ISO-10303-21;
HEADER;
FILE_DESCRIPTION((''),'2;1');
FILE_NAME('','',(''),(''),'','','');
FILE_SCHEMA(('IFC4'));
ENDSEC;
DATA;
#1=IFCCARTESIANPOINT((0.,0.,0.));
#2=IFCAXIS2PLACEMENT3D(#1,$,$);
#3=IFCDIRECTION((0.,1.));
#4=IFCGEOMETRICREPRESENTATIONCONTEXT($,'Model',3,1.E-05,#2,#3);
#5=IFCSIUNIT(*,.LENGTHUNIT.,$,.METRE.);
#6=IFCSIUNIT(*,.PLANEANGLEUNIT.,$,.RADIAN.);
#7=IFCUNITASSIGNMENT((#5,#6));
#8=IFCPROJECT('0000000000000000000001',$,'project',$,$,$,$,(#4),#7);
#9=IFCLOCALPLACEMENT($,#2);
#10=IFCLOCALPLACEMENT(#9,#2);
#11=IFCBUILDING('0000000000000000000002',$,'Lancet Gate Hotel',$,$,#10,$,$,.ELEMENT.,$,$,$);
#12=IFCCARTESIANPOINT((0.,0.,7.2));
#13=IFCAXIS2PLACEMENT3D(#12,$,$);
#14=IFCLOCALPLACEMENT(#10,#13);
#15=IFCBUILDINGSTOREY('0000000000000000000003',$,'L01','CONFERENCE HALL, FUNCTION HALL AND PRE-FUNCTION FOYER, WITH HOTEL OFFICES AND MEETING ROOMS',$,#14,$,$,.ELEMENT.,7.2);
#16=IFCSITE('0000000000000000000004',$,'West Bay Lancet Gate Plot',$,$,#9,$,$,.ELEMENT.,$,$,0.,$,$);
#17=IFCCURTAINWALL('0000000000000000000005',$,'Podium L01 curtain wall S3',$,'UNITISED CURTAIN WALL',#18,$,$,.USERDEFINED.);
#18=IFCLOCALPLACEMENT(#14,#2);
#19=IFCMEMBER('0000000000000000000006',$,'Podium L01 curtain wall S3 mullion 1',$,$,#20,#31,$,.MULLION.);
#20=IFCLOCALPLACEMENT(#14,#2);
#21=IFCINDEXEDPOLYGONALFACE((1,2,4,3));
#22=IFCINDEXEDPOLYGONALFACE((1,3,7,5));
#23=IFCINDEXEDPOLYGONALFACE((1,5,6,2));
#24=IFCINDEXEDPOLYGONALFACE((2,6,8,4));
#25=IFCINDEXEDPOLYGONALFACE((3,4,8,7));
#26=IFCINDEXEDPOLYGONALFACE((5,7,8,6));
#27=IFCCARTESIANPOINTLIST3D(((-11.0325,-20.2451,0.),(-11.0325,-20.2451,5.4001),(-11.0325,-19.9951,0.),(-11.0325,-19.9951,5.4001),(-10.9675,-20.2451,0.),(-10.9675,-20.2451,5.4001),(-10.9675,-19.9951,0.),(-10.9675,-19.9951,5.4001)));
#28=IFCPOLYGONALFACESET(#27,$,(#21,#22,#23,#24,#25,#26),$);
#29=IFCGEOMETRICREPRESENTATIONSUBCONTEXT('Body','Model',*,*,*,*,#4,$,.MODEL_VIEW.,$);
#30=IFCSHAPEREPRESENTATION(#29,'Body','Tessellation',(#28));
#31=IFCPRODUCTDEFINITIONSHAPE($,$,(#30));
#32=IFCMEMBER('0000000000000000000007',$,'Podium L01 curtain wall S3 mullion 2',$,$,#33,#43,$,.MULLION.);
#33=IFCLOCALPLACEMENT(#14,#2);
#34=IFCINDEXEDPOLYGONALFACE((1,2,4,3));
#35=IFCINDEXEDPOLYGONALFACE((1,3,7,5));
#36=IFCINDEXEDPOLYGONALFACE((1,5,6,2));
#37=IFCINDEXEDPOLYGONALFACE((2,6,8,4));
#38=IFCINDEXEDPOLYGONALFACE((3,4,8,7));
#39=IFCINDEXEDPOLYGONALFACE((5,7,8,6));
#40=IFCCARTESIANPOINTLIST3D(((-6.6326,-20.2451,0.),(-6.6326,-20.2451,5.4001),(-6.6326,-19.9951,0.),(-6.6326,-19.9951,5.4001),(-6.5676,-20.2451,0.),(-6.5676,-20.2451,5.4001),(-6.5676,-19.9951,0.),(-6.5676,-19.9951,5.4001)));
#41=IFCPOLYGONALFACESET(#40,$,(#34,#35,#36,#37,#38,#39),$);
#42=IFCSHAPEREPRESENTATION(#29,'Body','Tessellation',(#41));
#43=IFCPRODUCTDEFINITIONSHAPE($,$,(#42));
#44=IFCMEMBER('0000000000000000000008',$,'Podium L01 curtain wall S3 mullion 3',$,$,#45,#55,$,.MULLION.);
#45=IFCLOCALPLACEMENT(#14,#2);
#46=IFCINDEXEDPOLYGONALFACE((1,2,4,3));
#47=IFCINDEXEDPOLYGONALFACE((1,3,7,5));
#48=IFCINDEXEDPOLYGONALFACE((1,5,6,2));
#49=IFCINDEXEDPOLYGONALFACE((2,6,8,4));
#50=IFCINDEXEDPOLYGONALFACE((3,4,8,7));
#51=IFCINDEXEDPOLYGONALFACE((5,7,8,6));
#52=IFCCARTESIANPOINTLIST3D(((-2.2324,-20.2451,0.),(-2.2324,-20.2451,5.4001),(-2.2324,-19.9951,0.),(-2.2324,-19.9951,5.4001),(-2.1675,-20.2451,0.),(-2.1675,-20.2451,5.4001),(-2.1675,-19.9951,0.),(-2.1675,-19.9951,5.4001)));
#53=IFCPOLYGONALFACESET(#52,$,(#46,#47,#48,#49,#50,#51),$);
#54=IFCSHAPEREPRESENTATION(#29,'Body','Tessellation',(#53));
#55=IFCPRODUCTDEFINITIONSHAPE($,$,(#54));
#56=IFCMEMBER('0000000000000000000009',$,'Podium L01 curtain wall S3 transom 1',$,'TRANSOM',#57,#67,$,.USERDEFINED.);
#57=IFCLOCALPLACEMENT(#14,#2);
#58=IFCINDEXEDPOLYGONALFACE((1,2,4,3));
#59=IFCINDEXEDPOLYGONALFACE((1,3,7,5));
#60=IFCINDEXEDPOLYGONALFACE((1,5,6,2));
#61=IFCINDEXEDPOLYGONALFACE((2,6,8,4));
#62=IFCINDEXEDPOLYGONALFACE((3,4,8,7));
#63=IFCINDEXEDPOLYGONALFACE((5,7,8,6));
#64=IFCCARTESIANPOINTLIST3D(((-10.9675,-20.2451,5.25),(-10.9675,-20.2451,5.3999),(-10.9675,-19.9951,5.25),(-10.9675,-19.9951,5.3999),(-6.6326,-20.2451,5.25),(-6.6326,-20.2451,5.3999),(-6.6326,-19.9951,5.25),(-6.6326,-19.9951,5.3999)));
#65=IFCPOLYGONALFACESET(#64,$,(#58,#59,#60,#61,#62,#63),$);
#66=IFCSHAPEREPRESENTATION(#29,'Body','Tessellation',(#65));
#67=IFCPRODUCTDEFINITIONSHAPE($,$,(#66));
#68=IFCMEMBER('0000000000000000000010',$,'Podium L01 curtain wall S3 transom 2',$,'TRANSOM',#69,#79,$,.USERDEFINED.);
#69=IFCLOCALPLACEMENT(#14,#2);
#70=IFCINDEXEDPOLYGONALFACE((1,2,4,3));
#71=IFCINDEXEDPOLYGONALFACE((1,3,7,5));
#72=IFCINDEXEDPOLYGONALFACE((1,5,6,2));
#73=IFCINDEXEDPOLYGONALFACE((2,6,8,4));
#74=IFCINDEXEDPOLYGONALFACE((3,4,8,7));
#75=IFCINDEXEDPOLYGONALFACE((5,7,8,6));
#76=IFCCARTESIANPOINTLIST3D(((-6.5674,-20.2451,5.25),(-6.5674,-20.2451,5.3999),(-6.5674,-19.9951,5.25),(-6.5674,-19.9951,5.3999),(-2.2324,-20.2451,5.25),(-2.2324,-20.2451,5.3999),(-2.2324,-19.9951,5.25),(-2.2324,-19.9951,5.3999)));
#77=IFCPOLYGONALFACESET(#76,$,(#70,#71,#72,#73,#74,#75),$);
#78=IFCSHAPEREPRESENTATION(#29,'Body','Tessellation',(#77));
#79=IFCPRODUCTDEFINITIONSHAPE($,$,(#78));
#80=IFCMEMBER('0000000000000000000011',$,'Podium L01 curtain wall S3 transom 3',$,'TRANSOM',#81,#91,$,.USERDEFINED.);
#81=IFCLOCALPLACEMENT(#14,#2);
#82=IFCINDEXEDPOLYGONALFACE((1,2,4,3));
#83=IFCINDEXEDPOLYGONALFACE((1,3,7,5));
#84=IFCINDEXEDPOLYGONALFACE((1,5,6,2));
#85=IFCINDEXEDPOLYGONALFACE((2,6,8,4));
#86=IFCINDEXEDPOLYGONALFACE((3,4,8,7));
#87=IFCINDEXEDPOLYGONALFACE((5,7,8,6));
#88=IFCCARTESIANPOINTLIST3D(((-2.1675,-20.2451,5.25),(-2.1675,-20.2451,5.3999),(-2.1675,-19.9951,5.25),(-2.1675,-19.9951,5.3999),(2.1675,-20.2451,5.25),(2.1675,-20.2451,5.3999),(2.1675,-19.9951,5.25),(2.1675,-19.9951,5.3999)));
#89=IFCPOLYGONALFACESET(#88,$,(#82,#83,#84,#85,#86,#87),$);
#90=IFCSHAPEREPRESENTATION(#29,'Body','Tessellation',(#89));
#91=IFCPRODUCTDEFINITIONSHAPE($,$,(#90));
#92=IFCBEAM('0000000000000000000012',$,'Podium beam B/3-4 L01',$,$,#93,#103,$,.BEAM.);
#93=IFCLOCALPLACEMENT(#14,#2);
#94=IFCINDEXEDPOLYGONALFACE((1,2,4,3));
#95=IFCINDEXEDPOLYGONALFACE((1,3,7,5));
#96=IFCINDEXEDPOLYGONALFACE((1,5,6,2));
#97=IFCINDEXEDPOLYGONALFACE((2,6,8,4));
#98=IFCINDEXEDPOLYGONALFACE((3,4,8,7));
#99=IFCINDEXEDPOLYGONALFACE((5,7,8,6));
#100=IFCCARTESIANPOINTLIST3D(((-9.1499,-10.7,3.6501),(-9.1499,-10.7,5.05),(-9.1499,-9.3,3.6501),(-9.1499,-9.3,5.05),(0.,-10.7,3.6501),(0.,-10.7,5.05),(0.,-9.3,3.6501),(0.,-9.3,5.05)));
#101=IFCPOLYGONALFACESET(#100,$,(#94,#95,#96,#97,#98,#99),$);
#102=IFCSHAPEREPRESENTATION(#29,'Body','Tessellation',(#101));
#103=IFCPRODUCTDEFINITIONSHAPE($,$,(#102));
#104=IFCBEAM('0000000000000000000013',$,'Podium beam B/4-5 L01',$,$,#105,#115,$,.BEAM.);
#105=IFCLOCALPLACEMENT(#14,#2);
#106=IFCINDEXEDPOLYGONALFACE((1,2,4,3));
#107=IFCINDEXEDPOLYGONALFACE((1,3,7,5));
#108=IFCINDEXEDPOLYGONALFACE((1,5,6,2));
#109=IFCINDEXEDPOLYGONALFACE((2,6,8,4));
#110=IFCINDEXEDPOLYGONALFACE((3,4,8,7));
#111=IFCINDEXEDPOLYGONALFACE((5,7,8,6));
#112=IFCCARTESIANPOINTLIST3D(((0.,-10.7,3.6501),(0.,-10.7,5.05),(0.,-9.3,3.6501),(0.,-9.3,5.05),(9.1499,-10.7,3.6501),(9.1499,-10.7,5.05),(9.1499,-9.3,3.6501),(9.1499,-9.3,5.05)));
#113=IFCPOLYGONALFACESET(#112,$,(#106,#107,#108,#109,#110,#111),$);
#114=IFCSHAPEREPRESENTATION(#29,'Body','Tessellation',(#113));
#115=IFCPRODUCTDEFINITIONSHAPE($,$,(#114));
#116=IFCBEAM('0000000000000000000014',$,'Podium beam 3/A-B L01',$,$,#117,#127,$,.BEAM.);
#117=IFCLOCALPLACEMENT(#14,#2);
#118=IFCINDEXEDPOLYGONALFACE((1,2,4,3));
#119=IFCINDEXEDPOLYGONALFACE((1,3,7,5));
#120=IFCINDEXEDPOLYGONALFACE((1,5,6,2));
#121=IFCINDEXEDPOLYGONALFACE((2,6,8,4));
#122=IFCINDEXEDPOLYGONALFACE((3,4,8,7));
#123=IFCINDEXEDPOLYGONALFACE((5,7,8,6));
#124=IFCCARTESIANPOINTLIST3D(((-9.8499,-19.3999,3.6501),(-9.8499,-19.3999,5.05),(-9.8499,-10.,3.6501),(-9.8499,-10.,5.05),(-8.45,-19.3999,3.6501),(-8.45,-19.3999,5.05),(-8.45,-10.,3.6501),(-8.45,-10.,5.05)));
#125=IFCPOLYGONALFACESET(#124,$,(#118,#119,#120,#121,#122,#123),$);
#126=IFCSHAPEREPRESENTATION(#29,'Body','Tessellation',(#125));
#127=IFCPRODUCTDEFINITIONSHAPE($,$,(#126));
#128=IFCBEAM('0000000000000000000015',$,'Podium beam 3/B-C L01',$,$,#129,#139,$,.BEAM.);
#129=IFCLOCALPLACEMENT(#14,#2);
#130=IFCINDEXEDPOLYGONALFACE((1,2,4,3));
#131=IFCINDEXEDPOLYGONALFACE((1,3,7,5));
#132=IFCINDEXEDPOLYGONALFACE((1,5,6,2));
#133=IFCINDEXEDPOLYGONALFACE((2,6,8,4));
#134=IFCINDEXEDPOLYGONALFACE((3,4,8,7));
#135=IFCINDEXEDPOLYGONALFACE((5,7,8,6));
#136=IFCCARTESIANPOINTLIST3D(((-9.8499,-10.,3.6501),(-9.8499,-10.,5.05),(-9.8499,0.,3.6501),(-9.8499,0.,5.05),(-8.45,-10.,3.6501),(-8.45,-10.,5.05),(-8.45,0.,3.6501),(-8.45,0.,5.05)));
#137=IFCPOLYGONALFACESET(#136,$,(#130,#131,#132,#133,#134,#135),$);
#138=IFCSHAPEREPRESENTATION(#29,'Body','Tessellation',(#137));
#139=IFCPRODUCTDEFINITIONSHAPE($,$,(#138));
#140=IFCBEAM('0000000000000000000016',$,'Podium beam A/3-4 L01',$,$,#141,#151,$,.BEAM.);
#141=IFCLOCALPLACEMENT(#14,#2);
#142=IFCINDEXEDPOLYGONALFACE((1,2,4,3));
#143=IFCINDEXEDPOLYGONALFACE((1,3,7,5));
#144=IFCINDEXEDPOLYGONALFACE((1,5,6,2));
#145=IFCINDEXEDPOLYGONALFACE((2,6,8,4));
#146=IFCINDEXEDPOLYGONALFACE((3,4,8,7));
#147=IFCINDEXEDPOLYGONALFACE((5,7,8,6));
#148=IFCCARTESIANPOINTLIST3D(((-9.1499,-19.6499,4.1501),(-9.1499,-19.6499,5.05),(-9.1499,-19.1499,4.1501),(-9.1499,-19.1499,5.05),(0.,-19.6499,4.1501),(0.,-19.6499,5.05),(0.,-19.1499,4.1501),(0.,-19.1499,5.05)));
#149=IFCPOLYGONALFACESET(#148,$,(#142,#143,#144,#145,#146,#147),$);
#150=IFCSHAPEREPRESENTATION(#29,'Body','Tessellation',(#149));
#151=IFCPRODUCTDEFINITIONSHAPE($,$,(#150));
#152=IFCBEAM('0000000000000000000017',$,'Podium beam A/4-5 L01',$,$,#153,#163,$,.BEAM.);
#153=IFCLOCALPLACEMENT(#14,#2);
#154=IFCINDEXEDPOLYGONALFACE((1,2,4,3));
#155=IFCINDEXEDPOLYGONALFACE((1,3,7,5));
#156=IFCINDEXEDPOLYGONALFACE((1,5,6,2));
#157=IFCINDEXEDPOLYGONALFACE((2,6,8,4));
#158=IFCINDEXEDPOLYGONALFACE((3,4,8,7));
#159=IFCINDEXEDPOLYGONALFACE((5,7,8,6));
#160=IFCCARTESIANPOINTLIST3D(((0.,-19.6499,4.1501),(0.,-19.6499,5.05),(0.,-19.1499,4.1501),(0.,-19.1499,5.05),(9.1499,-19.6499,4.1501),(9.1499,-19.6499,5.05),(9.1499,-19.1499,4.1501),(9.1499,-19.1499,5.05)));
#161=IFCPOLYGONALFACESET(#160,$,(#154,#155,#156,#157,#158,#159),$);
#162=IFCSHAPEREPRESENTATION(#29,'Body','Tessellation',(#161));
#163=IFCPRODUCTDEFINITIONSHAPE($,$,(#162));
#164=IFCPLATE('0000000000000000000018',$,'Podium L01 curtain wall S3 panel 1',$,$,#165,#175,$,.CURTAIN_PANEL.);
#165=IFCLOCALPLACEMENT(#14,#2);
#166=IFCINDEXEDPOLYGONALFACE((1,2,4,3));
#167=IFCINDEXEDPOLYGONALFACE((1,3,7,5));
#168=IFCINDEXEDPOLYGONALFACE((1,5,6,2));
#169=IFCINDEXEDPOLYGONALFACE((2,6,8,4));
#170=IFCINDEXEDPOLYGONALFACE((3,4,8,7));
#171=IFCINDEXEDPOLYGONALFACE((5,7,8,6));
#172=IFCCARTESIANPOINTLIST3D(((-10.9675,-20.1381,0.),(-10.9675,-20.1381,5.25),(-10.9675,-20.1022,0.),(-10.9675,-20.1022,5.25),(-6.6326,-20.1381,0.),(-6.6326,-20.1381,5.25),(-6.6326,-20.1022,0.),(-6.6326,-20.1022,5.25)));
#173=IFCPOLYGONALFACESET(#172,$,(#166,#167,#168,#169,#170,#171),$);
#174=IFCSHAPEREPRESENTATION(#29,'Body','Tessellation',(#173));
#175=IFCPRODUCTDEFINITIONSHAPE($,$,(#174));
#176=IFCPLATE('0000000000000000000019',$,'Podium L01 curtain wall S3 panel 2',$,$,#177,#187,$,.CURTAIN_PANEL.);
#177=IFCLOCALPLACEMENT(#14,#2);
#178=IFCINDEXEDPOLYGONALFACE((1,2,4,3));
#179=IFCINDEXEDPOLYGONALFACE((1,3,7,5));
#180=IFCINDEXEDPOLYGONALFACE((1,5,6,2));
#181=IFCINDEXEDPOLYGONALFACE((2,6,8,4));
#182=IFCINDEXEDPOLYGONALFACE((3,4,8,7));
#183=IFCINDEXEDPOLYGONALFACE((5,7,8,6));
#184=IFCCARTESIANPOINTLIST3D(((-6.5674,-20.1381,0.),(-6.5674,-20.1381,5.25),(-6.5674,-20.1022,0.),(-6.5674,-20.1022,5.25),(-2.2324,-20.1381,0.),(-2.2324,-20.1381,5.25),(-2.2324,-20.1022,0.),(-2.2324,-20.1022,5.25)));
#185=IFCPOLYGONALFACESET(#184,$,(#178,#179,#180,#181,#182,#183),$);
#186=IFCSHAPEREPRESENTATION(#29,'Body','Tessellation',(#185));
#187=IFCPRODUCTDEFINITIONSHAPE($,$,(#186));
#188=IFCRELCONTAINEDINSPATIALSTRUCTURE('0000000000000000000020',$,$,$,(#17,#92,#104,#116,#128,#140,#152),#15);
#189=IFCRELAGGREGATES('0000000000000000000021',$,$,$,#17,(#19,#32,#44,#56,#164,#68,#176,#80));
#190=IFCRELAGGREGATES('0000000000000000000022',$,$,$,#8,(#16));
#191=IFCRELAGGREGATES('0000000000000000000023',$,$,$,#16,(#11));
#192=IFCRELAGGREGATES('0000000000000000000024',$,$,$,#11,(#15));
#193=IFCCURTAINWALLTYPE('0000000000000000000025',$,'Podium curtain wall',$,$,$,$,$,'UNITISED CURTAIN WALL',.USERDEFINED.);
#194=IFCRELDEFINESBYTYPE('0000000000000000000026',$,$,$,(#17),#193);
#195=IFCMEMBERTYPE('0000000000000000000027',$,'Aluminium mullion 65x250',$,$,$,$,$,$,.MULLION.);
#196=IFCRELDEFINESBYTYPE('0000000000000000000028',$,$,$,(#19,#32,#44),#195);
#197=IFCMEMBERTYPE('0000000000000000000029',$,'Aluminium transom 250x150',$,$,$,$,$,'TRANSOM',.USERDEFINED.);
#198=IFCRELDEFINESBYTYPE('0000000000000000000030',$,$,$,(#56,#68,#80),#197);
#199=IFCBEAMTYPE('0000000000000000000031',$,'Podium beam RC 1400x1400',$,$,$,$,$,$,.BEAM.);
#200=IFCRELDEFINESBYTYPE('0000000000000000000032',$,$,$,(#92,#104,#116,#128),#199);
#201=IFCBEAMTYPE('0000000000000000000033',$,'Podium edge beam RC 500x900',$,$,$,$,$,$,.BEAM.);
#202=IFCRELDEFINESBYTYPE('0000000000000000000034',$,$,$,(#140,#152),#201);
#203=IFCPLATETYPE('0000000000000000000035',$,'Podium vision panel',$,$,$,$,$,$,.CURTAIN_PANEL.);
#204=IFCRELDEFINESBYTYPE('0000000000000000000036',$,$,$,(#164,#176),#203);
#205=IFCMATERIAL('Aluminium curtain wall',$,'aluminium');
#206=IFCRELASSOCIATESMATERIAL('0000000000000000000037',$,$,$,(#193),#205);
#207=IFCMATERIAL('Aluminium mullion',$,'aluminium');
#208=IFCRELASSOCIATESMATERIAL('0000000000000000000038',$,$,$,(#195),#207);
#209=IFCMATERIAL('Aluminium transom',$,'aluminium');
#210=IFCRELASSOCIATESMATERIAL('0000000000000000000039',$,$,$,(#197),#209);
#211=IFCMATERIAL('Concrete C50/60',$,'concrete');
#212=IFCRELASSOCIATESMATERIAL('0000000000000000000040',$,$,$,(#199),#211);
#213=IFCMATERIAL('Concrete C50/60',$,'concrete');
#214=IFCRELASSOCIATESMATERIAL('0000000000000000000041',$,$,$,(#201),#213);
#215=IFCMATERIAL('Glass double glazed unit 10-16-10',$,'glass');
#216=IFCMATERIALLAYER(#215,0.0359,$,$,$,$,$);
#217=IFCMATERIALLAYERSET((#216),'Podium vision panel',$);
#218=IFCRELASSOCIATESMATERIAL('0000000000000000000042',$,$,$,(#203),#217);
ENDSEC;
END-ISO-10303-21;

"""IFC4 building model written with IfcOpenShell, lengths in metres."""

from ifc_helpers import new_model, si_unit, direction, frame, origin, origin_2d, place, context, subcontext, project, spatial, rectangle, extrude, material, layer, layer_set, material_profile, profile_set, type_object, element, aggregate, save


model = new_model("IFC4")

# Units and contexts
model_context = context("Model", 3, precision=1e-05, world=origin(), true_north=direction((0.0, 1.0)))
body_context = subcontext(model_context, "Body", "Model", "MODEL_VIEW")
ifc_project = project(units=[si_unit("LENGTHUNIT", "METRE"), si_unit("PLANEANGLEUNIT", "RADIAN")], contexts=[model_context])

# Site, building, storey
site_placement = place(None, origin())
site = spatial("IfcSite", under=ifc_project, at=site_placement, Name="West Bay Lancet Gate Plot", CompositionType="ELEMENT", RefElevation=0.0)
building_placement = place(site_placement, origin())
building = spatial("IfcBuilding", under=site, at=building_placement, Name="Lancet Gate Hotel", CompositionType="ELEMENT")
storey_placement = place(building_placement, frame((0.0, 0.0, 7.2)))
storey = spatial("IfcBuildingStorey", under=building, at=storey_placement, Name="L01", Description="CONFERENCE HALL, FUNCTION HALL AND PRE-FUNCTION FOYER, WITH HOTEL OFFICES AND MEETING ROOMS", CompositionType="ELEMENT", Elevation=7.2)

# Curtain wall, members
ifc_material_1 = material(Name="Aluminium curtain wall", Category="aluminium")
curtain_wall_type = type_object("IfcCurtainWallType", Name="Podium curtain wall", ElementType="UNITISED CURTAIN WALL", PredefinedType="USERDEFINED", material=ifc_material_1)
curtain_wall_placement = place(storey_placement, origin())
curtain_wall = element("IfcCurtainWall", 1, at=curtain_wall_placement, inside=storey, type_object=curtain_wall_type, Name="Podium L01 curtain wall S3", ObjectType="UNITISED CURTAIN WALL", PredefinedType="USERDEFINED")
ifc_material_2 = material(Name="Aluminium mullion", Category="aluminium")
ifc_material_profile_1 = material_profile(ifc_material_2, rectangle(XDim=0.0649, YDim=0.25, at=origin_2d()), Name="MULLION 65x250")
ifc_profile_set_1 = profile_set([ifc_material_profile_1], Name="Aluminium mullion")
member_type_1 = type_object("IfcMemberType", Name="Aluminium mullion 65x250", PredefinedType="MULLION", material=ifc_profile_set_1)
member_1_placement = place(storey_placement, frame((-11.0, -20.1201, 0.0), z_axis=(0.0, 0.0, 1.0), x_axis=(1.0, 0.0, 0.0)))
member_1 = element("IfcMember", 2, at=member_1_placement, type_object=member_type_1, Name="Podium L01 curtain wall S3 mullion 1", PredefinedType="MULLION", context=body_context, shape_type="SweptSolid", body=[
    extrude(rectangle(XDim=0.0649, YDim=0.25, at=origin_2d()), origin(), (0.0, 0.0, 1.0), 5.4001),
])
member_2_placement = place(storey_placement, frame((-6.6001, -20.1201, 0.0), z_axis=(0.0, 0.0, 1.0), x_axis=(1.0, 0.0, 0.0)))
member_2 = element("IfcMember", 3, at=member_2_placement, type_object=member_type_1, Name="Podium L01 curtain wall S3 mullion 2", PredefinedType="MULLION", context=body_context, shape_type="SweptSolid", body=[
    extrude(rectangle(XDim=0.0649, YDim=0.25, at=origin_2d()), origin(), (0.0, 0.0, 1.0), 5.4001),
])
member_3_placement = place(storey_placement, frame((-2.2, -20.1201, 0.0), z_axis=(0.0, 0.0, 1.0), x_axis=(1.0, 0.0, 0.0)))
member_3 = element("IfcMember", 4, at=member_3_placement, type_object=member_type_1, Name="Podium L01 curtain wall S3 mullion 3", PredefinedType="MULLION", context=body_context, shape_type="SweptSolid", body=[
    extrude(rectangle(XDim=0.0649, YDim=0.25, at=origin_2d()), origin(), (0.0, 0.0, 1.0), 5.4001),
])
ifc_material_3 = material(Name="Aluminium transom", Category="aluminium")
ifc_material_profile_2 = material_profile(ifc_material_3, rectangle(XDim=0.25, YDim=0.1499, at=origin_2d()), Name="TRANSOM 250x150")
ifc_profile_set_2 = profile_set([ifc_material_profile_2], Name="Aluminium transom")
member_type_2 = type_object("IfcMemberType", Name="Aluminium transom 250x150", ElementType="TRANSOM", PredefinedType="USERDEFINED", material=ifc_profile_set_2)
member_4_placement = place(storey_placement, frame((-10.9675, -20.1201, 5.325), z_axis=(1.0, 0.0, 0.0), x_axis=(0.0, 1.0, 0.0)))
member_4 = element("IfcMember", 5, at=member_4_placement, type_object=member_type_2, Name="Podium L01 curtain wall S3 transom 1", ObjectType="TRANSOM", PredefinedType="USERDEFINED", context=body_context, shape_type="SweptSolid", body=[
    extrude(rectangle(XDim=0.25, YDim=0.1499, at=origin_2d()), origin(), (0.0, 0.0, 1.0), 4.335),
])
member_5_placement = place(storey_placement, frame((-6.5674, -20.1201, 5.325), z_axis=(1.0, 0.0, 0.0), x_axis=(0.0, 1.0, 0.0)))
member_5 = element("IfcMember", 6, at=member_5_placement, type_object=member_type_2, Name="Podium L01 curtain wall S3 transom 2", ObjectType="TRANSOM", PredefinedType="USERDEFINED", context=body_context, shape_type="SweptSolid", body=[
    extrude(rectangle(XDim=0.25, YDim=0.1499, at=origin_2d()), origin(), (0.0, 0.0, 1.0), 4.335),
])
member_6_placement = place(storey_placement, frame((-2.1675, -20.1201, 5.325), z_axis=(1.0, 0.0, 0.0), x_axis=(0.0, 1.0, 0.0)))
member_6 = element("IfcMember", 7, at=member_6_placement, type_object=member_type_2, Name="Podium L01 curtain wall S3 transom 3", ObjectType="TRANSOM", PredefinedType="USERDEFINED", context=body_context, shape_type="SweptSolid", body=[
    extrude(rectangle(XDim=0.25, YDim=0.1499, at=origin_2d()), origin(), (0.0, 0.0, 1.0), 4.335),
])

# Beams
ifc_material_4 = material(Name="Concrete C50/60", Category="concrete")
ifc_material_profile_3 = material_profile(ifc_material_4, rectangle(XDim=1.3999, YDim=1.3999, at=origin_2d()), Name="RC 1400x1400")
ifc_profile_set_3 = profile_set([ifc_material_profile_3], Name="Concrete C50/60")
beam_type_1 = type_object("IfcBeamType", Name="Podium beam RC 1400x1400", PredefinedType="BEAM", material=ifc_profile_set_3)
for number, where, z_axis, x_axis, name in (
    (8, (-9.1499, -10.0, 4.3501), (1.0, 0.0, 0.0), (0.0, 1.0, 0.0), "Podium beam B/3-4 L01"),
    (9, (0.0, -10.0, 4.3501), (1.0, 0.0, 0.0), (0.0, 1.0, 0.0), "Podium beam B/4-5 L01"),
):
    element("IfcBeam", number, at=place(storey_placement, frame(where, z_axis=z_axis, x_axis=x_axis)), inside=storey, type_object=beam_type_1, Name=name, PredefinedType="BEAM", context=body_context, shape_type="SweptSolid", body=[
        extrude(rectangle(XDim=1.3999, YDim=1.3999, at=origin_2d()), origin(), (0.0, 0.0, 1.0), 9.1499),
    ])
beam_1_placement = place(storey_placement, frame((-9.1499, -19.3999, 4.3501), z_axis=(0.0, 1.0, 0.0), x_axis=(-1.0, 0.0, 0.0)))
element("IfcBeam", 10, at=beam_1_placement, inside=storey, type_object=beam_type_1, Name="Podium beam 3/A-B L01", PredefinedType="BEAM", context=body_context, shape_type="SweptSolid", body=[
    extrude(rectangle(XDim=1.3999, YDim=1.3999, at=origin_2d()), origin(), (0.0, 0.0, 1.0), 9.3999),
])
beam_2_placement = place(storey_placement, frame((-9.1499, -10.0, 4.3501), z_axis=(0.0, 1.0, 0.0), x_axis=(-1.0, 0.0, 0.0)))
element("IfcBeam", 11, at=beam_2_placement, inside=storey, type_object=beam_type_1, Name="Podium beam 3/B-C L01", PredefinedType="BEAM", context=body_context, shape_type="SweptSolid", body=[
    extrude(rectangle(XDim=1.3999, YDim=1.3999, at=origin_2d()), origin(), (0.0, 0.0, 1.0), 10.0),
])
ifc_material_5 = material(Name="Concrete C50/60", Category="concrete")
ifc_material_profile_4 = material_profile(ifc_material_5, rectangle(XDim=0.5, YDim=0.8999, at=origin_2d()), Name="RC 500x900")
ifc_profile_set_4 = profile_set([ifc_material_profile_4], Name="Concrete C50/60")
beam_type_2 = type_object("IfcBeamType", Name="Podium edge beam RC 500x900", PredefinedType="BEAM", material=ifc_profile_set_4)
for number, where, z_axis, x_axis, name in (
    (12, (-9.1499, -19.3999, 4.6001), (1.0, 0.0, 0.0), (0.0, 1.0, 0.0), "Podium beam A/3-4 L01"),
    (13, (0.0, -19.3999, 4.6001), (1.0, 0.0, 0.0), (0.0, 1.0, 0.0), "Podium beam A/4-5 L01"),
):
    element("IfcBeam", number, at=place(storey_placement, frame(where, z_axis=z_axis, x_axis=x_axis)), inside=storey, type_object=beam_type_2, Name=name, PredefinedType="BEAM", context=body_context, shape_type="SweptSolid", body=[
        extrude(rectangle(XDim=0.5, YDim=0.8999, at=origin_2d()), origin(), (0.0, 0.0, 1.0), 9.1499),
    ])

# Plates
ifc_material_6 = material(Name="Glass double glazed unit 10-16-10", Category="glass")
ifc_layer_1 = layer(ifc_material_6, 0.0359)
ifc_layer_set_1 = layer_set([ifc_layer_1], Name="Podium vision panel")
plate_type = type_object("IfcPlateType", Name="Podium vision panel", PredefinedType="CURTAIN_PANEL", material=ifc_layer_set_1)
plate_1_placement = place(storey_placement, frame((-8.8, -20.1201, 0.0), z_axis=(0.0, 0.0, 1.0), x_axis=(1.0, 0.0, 0.0)))
plate_1 = element("IfcPlate", 14, at=plate_1_placement, type_object=plate_type, Name="Podium L01 curtain wall S3 panel 1", PredefinedType="CURTAIN_PANEL", context=body_context, shape_type="SweptSolid", body=[
    extrude(rectangle(XDim=4.335, YDim=0.0359, at=origin_2d()), origin(), (0.0, 0.0, 1.0), 5.25),
])
plate_2_placement = place(storey_placement, frame((-4.3999, -20.1201, 0.0), z_axis=(0.0, 0.0, 1.0), x_axis=(1.0, 0.0, 0.0)))
plate_2 = element("IfcPlate", 15, at=plate_2_placement, type_object=plate_type, Name="Podium L01 curtain wall S3 panel 2", PredefinedType="CURTAIN_PANEL", context=body_context, shape_type="SweptSolid", body=[
    extrude(rectangle(XDim=4.335, YDim=0.0359, at=origin_2d()), origin(), (0.0, 0.0, 1.0), 5.25),
])
aggregate(curtain_wall, [member_1, member_2, member_3, member_4, plate_1, member_5, plate_2, member_6])

save(model, "model.ifc")
